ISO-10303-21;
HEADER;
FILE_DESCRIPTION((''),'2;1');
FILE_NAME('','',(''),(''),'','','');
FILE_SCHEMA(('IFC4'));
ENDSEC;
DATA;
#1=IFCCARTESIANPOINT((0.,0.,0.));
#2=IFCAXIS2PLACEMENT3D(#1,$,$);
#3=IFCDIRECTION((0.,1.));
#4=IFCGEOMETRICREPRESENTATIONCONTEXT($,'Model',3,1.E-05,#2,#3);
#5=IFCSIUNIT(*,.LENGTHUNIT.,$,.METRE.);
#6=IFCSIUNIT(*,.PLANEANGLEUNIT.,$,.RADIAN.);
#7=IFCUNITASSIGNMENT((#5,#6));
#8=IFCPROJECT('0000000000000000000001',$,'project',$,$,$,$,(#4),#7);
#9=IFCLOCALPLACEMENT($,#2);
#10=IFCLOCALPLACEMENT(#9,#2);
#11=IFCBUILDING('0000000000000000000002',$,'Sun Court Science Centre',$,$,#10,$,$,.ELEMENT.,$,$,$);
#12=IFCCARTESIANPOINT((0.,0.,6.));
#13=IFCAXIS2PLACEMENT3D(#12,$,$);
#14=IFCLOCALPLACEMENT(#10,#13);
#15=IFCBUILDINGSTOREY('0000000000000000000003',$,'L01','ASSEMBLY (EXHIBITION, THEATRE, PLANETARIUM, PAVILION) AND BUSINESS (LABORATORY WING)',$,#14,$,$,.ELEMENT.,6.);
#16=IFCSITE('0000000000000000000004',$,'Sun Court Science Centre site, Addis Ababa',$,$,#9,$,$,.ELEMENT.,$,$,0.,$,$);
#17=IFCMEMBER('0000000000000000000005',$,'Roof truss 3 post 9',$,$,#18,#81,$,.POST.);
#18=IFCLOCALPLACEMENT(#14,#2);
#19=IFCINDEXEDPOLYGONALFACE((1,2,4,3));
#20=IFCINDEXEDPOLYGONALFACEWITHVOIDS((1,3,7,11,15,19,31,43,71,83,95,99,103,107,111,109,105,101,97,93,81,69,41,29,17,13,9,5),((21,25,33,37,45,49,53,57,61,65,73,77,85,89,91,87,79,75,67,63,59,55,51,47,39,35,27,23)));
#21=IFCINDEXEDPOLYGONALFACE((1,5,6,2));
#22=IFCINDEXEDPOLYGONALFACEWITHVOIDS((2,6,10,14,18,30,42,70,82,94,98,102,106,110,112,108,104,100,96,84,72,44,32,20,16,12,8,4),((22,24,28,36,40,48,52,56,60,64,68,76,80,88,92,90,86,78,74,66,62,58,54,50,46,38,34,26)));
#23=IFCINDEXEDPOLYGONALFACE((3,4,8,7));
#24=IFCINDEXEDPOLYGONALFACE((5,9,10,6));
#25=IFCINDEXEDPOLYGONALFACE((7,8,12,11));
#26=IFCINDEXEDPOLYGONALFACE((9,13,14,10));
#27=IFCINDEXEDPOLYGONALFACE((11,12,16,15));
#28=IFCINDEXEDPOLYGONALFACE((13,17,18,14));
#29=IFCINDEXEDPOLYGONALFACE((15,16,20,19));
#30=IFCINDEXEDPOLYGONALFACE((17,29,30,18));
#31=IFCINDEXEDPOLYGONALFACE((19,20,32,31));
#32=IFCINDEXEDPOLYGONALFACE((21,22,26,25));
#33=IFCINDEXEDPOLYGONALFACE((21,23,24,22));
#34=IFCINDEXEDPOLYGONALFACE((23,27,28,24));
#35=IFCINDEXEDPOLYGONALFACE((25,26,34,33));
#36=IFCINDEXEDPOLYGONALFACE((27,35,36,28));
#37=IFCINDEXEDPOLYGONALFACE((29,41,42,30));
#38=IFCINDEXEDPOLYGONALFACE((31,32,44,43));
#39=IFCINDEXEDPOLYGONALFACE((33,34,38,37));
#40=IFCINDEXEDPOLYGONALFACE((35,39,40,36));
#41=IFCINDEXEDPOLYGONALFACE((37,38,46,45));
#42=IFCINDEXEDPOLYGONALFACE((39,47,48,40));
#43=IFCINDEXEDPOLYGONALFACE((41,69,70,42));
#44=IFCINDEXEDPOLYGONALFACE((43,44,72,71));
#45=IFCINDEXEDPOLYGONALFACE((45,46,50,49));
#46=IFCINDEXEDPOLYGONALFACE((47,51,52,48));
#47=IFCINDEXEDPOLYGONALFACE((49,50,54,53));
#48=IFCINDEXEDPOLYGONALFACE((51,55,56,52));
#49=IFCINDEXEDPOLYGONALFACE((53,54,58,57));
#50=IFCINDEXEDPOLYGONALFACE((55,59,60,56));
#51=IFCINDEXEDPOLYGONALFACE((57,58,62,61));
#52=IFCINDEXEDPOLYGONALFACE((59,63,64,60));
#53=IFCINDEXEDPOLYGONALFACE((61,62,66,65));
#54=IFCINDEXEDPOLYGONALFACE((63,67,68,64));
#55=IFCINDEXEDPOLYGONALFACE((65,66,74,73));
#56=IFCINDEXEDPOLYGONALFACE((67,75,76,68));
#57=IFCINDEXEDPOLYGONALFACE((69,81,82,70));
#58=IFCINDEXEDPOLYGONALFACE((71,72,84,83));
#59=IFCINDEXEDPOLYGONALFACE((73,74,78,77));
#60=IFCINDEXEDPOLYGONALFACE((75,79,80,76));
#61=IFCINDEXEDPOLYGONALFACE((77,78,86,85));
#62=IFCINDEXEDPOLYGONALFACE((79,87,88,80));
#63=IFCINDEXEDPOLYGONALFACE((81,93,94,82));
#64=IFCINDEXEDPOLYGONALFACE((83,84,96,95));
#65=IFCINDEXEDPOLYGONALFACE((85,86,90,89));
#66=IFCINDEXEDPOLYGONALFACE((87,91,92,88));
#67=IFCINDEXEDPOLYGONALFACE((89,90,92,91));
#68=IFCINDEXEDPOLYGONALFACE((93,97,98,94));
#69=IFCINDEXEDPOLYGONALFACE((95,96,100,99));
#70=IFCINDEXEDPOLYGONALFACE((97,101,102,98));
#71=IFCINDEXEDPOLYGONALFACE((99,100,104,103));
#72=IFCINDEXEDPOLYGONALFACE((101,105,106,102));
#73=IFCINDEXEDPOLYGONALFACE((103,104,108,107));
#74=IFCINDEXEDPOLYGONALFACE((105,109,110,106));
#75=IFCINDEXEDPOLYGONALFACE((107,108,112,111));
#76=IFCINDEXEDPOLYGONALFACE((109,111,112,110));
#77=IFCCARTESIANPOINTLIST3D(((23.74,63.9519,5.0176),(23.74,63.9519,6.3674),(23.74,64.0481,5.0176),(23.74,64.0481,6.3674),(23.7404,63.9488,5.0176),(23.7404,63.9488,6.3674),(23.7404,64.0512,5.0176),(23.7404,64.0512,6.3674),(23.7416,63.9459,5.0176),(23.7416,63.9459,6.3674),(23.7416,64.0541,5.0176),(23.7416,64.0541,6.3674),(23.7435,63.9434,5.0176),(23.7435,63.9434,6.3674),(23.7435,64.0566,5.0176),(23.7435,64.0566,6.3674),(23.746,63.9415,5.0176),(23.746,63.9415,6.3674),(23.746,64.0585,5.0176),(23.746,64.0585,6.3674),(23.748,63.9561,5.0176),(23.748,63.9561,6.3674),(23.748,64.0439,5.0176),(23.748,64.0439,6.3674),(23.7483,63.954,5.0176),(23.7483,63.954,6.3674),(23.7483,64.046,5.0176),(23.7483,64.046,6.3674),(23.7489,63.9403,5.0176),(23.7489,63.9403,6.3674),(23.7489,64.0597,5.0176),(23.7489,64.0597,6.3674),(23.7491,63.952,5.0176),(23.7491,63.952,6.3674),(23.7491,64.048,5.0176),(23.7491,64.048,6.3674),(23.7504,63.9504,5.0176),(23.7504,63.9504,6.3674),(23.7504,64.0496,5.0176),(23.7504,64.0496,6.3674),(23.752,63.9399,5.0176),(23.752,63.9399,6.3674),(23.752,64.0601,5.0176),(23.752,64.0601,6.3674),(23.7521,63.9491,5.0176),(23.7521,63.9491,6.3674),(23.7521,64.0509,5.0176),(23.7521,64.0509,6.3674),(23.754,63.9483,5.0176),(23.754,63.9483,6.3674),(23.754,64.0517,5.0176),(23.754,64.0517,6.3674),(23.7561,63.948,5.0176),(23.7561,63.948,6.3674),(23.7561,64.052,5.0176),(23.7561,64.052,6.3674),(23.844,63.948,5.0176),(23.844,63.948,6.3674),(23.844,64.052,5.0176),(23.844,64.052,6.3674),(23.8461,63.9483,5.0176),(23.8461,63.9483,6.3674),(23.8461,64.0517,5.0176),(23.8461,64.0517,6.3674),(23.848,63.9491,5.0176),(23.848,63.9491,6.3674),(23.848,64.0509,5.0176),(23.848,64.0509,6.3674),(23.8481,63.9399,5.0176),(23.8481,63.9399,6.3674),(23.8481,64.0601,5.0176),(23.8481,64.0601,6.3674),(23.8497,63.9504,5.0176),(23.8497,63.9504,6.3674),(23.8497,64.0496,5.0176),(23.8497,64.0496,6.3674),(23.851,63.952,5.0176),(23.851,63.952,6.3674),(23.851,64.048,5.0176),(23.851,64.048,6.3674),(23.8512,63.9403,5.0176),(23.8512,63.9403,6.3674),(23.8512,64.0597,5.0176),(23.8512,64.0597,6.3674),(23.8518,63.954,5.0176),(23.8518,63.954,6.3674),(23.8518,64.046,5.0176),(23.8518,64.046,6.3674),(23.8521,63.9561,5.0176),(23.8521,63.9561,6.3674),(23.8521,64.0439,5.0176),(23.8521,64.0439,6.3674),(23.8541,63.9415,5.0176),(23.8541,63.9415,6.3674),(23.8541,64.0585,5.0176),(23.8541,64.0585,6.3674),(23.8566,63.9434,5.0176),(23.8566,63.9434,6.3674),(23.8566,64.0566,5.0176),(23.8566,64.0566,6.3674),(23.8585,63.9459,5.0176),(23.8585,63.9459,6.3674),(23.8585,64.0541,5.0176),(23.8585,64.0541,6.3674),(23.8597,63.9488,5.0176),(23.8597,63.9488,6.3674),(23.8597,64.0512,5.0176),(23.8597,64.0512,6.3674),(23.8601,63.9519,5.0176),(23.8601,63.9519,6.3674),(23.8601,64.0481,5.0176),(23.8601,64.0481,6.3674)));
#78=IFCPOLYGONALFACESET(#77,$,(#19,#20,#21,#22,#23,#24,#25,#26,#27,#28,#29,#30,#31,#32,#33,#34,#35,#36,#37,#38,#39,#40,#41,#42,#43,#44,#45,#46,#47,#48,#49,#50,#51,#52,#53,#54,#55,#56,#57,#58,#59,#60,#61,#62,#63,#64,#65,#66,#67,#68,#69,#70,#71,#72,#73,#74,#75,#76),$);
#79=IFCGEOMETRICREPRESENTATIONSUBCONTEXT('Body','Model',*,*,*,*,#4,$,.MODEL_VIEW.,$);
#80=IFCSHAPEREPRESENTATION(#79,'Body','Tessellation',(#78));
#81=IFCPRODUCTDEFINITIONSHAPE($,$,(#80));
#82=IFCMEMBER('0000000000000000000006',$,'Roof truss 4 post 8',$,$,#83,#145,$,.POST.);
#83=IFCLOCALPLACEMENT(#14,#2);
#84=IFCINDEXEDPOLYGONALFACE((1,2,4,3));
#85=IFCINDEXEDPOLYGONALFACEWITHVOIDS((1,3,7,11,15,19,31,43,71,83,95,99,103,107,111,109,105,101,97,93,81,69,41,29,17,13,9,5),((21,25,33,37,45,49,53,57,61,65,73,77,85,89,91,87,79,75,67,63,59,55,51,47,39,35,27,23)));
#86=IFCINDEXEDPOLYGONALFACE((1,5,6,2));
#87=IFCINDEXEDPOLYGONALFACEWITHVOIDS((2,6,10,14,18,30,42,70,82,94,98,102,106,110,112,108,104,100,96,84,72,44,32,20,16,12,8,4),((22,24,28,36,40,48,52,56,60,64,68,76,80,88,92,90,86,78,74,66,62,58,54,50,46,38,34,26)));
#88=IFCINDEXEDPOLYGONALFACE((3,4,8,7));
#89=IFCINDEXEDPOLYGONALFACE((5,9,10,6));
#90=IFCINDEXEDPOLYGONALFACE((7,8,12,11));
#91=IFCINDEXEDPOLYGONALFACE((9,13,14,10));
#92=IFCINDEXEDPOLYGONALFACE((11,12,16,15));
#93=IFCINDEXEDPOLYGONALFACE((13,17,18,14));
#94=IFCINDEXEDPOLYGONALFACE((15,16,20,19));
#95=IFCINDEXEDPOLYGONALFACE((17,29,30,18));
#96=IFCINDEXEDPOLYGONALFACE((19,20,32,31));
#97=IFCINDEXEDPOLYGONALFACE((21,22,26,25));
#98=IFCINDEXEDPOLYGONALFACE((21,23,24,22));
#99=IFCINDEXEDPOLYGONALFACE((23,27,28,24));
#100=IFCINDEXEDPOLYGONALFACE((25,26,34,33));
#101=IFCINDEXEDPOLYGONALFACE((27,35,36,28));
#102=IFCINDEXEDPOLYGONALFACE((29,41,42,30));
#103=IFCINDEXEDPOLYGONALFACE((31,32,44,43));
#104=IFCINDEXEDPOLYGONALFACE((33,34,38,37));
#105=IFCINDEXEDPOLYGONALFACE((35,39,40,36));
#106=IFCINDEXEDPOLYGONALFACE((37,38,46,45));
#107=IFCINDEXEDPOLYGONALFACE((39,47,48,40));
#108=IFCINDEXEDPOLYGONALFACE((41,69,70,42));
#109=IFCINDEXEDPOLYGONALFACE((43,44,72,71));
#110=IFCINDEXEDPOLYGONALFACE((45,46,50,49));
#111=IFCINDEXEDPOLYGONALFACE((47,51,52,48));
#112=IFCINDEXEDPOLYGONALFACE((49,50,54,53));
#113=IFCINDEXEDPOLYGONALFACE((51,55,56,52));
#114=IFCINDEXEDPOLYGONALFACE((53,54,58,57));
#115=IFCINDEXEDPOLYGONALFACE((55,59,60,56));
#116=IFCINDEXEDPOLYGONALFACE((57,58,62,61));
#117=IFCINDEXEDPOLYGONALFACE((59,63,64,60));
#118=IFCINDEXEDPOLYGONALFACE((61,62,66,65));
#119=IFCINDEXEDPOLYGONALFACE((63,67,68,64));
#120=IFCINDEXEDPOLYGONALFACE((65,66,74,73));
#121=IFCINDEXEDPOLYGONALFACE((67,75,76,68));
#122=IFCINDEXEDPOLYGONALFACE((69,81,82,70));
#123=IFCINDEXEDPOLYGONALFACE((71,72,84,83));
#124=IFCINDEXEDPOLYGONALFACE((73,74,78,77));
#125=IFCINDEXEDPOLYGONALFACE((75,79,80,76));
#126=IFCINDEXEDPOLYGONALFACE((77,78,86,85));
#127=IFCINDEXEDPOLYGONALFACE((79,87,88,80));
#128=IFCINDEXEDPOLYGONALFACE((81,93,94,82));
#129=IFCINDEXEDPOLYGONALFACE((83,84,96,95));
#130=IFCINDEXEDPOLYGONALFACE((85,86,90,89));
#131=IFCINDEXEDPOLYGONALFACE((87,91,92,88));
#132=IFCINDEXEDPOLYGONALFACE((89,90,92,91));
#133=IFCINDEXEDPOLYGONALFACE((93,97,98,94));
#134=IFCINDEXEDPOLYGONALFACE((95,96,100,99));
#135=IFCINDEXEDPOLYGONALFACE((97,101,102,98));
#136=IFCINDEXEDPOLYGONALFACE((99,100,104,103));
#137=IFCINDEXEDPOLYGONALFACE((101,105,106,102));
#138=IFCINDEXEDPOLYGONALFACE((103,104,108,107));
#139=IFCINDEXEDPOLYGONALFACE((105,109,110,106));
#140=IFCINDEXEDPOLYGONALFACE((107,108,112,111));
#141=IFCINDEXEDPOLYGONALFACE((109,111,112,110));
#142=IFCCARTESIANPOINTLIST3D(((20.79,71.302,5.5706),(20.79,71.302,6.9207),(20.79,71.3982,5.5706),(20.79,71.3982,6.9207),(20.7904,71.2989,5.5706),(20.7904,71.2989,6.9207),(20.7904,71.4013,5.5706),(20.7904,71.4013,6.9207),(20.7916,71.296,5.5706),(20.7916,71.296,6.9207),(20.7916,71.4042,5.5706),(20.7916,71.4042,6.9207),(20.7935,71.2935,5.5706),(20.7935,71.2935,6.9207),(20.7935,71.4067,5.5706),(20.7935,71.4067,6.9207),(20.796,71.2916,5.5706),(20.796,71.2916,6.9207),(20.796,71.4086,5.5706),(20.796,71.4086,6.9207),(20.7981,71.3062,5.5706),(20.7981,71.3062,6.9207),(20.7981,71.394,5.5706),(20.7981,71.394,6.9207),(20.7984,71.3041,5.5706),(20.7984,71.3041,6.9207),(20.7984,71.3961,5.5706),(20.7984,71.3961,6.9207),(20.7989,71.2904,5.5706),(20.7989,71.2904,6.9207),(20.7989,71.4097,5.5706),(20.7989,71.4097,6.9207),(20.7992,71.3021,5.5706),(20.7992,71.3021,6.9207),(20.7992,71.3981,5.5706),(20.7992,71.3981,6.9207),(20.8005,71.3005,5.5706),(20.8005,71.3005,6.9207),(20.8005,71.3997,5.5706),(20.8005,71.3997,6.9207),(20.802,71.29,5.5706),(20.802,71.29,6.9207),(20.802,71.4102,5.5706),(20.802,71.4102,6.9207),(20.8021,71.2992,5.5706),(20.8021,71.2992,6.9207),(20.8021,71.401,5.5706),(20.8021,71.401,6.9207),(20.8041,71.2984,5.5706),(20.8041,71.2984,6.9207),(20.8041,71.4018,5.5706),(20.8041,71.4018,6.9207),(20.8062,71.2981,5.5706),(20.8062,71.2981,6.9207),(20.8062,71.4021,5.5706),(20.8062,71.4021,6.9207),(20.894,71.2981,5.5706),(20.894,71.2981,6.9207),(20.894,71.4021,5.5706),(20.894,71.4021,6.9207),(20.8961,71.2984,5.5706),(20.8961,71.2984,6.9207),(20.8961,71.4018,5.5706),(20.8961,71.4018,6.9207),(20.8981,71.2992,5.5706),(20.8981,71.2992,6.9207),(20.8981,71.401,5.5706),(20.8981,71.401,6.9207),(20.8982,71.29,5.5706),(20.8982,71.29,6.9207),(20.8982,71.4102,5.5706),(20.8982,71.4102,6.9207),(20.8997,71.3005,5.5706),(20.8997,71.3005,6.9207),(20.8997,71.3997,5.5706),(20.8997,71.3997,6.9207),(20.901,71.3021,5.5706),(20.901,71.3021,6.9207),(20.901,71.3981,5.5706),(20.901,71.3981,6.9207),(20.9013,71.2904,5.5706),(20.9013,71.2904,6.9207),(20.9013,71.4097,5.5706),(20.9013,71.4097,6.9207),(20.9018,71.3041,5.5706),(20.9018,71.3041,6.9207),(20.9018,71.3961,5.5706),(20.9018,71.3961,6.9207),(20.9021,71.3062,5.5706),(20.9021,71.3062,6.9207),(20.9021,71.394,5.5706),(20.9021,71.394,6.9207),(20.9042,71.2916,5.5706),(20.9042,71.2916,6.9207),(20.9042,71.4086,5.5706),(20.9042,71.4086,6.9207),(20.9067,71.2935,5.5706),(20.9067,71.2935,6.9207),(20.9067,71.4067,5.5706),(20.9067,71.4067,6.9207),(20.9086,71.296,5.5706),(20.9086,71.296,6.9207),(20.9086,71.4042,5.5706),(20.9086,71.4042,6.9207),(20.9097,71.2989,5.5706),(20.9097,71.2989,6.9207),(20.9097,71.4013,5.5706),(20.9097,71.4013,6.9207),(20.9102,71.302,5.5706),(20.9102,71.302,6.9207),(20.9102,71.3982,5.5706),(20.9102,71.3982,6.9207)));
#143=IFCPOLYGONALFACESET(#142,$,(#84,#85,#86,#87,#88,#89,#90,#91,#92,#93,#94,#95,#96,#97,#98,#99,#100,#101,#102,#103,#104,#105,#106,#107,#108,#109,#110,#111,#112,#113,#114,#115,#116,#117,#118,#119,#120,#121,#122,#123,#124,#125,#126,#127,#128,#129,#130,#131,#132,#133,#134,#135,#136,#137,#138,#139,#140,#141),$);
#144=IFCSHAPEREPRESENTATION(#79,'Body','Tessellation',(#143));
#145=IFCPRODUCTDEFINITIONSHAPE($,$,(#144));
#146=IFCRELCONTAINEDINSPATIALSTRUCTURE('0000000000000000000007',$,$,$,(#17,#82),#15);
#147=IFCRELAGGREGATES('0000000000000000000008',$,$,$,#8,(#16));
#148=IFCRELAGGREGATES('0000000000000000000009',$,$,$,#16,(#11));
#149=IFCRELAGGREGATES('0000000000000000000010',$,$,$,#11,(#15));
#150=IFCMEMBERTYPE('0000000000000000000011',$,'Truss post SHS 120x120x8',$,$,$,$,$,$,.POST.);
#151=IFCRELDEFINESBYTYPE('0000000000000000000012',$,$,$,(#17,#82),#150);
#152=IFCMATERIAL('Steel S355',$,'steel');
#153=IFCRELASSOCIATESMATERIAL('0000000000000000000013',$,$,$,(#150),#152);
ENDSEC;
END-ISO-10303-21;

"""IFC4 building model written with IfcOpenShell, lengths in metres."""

from ifc_helpers import new_model, si_unit, direction, frame, origin, origin_2d, place, context, subcontext, project, spatial, hollow_rectangle, extrude, material, material_profile, profile_set, type_object, element, save


model = new_model("IFC4")

# Units and contexts
model_context = context("Model", 3, precision=1e-05, world=origin(), true_north=direction((0.0, 1.0)))
body_context = subcontext(model_context, "Body", "Model", "MODEL_VIEW")
ifc_project = project(units=[si_unit("LENGTHUNIT", "METRE"), si_unit("PLANEANGLEUNIT", "RADIAN")], contexts=[model_context])

# Site, building, storey
site_placement = place(None, origin())
site = spatial("IfcSite", under=ifc_project, at=site_placement, Name="Sun Court Science Centre site, Addis Ababa", CompositionType="ELEMENT", RefElevation=0.0)
building_placement = place(site_placement, origin())
building = spatial("IfcBuilding", under=site, at=building_placement, Name="Sun Court Science Centre", CompositionType="ELEMENT")
storey_placement = place(building_placement, frame((0.0, 0.0, 6.0)))
storey = spatial("IfcBuildingStorey", under=building, at=storey_placement, Name="L01", Description="ASSEMBLY (EXHIBITION, THEATRE, PLANETARIUM, PAVILION) AND BUSINESS (LABORATORY WING)", CompositionType="ELEMENT", Elevation=6.0)

# Members
ifc_material_1 = material(Name="Steel S355", Category="steel")
ifc_material_profile_1 = material_profile(ifc_material_1, hollow_rectangle(XDim=0.1201, YDim=0.1201, WallThickness=0.0081, InnerFilletRadius=0.0081, OuterFilletRadius=0.012, at=origin_2d()), Name="SHS 120x120x8")
ifc_profile_set_1 = profile_set([ifc_material_profile_1], Name="Steel S355")
member_type_1 = type_object("IfcMemberType", Name="Truss post SHS 120x120x8", PredefinedType="POST", material=ifc_profile_set_1)
member_1_placement = place(storey_placement, frame((23.8, 64.0, 5.0176), z_axis=(0.0, 0.0, 1.0), x_axis=(1.0, 0.0, 0.0)))
element("IfcMember", 1, at=member_1_placement, inside=storey, type_object=member_type_1, Name="Roof truss 3 post 9", PredefinedType="POST", context=body_context, shape_type="SweptSolid", body=[
    extrude(hollow_rectangle(XDim=0.1201, YDim=0.1201, WallThickness=0.0081, InnerFilletRadius=0.0081, OuterFilletRadius=0.012, at=origin_2d()), origin(), (0.0, 0.0, 1.0), 1.3499),
])
member_2_placement = place(storey_placement, frame((20.8501, 71.3501, 5.5706), z_axis=(0.0, 0.0, 1.0), x_axis=(1.0, 0.0, 0.0)))
element("IfcMember", 2, at=member_2_placement, inside=storey, type_object=member_type_1, Name="Roof truss 4 post 8", PredefinedType="POST", context=body_context, shape_type="SweptSolid", body=[
    extrude(hollow_rectangle(XDim=0.1201, YDim=0.1201, WallThickness=0.0081, InnerFilletRadius=0.0081, OuterFilletRadius=0.012, at=origin_2d()), origin(), (0.0, 0.0, 1.0), 1.3501),
])

save(model, "model.ifc")
